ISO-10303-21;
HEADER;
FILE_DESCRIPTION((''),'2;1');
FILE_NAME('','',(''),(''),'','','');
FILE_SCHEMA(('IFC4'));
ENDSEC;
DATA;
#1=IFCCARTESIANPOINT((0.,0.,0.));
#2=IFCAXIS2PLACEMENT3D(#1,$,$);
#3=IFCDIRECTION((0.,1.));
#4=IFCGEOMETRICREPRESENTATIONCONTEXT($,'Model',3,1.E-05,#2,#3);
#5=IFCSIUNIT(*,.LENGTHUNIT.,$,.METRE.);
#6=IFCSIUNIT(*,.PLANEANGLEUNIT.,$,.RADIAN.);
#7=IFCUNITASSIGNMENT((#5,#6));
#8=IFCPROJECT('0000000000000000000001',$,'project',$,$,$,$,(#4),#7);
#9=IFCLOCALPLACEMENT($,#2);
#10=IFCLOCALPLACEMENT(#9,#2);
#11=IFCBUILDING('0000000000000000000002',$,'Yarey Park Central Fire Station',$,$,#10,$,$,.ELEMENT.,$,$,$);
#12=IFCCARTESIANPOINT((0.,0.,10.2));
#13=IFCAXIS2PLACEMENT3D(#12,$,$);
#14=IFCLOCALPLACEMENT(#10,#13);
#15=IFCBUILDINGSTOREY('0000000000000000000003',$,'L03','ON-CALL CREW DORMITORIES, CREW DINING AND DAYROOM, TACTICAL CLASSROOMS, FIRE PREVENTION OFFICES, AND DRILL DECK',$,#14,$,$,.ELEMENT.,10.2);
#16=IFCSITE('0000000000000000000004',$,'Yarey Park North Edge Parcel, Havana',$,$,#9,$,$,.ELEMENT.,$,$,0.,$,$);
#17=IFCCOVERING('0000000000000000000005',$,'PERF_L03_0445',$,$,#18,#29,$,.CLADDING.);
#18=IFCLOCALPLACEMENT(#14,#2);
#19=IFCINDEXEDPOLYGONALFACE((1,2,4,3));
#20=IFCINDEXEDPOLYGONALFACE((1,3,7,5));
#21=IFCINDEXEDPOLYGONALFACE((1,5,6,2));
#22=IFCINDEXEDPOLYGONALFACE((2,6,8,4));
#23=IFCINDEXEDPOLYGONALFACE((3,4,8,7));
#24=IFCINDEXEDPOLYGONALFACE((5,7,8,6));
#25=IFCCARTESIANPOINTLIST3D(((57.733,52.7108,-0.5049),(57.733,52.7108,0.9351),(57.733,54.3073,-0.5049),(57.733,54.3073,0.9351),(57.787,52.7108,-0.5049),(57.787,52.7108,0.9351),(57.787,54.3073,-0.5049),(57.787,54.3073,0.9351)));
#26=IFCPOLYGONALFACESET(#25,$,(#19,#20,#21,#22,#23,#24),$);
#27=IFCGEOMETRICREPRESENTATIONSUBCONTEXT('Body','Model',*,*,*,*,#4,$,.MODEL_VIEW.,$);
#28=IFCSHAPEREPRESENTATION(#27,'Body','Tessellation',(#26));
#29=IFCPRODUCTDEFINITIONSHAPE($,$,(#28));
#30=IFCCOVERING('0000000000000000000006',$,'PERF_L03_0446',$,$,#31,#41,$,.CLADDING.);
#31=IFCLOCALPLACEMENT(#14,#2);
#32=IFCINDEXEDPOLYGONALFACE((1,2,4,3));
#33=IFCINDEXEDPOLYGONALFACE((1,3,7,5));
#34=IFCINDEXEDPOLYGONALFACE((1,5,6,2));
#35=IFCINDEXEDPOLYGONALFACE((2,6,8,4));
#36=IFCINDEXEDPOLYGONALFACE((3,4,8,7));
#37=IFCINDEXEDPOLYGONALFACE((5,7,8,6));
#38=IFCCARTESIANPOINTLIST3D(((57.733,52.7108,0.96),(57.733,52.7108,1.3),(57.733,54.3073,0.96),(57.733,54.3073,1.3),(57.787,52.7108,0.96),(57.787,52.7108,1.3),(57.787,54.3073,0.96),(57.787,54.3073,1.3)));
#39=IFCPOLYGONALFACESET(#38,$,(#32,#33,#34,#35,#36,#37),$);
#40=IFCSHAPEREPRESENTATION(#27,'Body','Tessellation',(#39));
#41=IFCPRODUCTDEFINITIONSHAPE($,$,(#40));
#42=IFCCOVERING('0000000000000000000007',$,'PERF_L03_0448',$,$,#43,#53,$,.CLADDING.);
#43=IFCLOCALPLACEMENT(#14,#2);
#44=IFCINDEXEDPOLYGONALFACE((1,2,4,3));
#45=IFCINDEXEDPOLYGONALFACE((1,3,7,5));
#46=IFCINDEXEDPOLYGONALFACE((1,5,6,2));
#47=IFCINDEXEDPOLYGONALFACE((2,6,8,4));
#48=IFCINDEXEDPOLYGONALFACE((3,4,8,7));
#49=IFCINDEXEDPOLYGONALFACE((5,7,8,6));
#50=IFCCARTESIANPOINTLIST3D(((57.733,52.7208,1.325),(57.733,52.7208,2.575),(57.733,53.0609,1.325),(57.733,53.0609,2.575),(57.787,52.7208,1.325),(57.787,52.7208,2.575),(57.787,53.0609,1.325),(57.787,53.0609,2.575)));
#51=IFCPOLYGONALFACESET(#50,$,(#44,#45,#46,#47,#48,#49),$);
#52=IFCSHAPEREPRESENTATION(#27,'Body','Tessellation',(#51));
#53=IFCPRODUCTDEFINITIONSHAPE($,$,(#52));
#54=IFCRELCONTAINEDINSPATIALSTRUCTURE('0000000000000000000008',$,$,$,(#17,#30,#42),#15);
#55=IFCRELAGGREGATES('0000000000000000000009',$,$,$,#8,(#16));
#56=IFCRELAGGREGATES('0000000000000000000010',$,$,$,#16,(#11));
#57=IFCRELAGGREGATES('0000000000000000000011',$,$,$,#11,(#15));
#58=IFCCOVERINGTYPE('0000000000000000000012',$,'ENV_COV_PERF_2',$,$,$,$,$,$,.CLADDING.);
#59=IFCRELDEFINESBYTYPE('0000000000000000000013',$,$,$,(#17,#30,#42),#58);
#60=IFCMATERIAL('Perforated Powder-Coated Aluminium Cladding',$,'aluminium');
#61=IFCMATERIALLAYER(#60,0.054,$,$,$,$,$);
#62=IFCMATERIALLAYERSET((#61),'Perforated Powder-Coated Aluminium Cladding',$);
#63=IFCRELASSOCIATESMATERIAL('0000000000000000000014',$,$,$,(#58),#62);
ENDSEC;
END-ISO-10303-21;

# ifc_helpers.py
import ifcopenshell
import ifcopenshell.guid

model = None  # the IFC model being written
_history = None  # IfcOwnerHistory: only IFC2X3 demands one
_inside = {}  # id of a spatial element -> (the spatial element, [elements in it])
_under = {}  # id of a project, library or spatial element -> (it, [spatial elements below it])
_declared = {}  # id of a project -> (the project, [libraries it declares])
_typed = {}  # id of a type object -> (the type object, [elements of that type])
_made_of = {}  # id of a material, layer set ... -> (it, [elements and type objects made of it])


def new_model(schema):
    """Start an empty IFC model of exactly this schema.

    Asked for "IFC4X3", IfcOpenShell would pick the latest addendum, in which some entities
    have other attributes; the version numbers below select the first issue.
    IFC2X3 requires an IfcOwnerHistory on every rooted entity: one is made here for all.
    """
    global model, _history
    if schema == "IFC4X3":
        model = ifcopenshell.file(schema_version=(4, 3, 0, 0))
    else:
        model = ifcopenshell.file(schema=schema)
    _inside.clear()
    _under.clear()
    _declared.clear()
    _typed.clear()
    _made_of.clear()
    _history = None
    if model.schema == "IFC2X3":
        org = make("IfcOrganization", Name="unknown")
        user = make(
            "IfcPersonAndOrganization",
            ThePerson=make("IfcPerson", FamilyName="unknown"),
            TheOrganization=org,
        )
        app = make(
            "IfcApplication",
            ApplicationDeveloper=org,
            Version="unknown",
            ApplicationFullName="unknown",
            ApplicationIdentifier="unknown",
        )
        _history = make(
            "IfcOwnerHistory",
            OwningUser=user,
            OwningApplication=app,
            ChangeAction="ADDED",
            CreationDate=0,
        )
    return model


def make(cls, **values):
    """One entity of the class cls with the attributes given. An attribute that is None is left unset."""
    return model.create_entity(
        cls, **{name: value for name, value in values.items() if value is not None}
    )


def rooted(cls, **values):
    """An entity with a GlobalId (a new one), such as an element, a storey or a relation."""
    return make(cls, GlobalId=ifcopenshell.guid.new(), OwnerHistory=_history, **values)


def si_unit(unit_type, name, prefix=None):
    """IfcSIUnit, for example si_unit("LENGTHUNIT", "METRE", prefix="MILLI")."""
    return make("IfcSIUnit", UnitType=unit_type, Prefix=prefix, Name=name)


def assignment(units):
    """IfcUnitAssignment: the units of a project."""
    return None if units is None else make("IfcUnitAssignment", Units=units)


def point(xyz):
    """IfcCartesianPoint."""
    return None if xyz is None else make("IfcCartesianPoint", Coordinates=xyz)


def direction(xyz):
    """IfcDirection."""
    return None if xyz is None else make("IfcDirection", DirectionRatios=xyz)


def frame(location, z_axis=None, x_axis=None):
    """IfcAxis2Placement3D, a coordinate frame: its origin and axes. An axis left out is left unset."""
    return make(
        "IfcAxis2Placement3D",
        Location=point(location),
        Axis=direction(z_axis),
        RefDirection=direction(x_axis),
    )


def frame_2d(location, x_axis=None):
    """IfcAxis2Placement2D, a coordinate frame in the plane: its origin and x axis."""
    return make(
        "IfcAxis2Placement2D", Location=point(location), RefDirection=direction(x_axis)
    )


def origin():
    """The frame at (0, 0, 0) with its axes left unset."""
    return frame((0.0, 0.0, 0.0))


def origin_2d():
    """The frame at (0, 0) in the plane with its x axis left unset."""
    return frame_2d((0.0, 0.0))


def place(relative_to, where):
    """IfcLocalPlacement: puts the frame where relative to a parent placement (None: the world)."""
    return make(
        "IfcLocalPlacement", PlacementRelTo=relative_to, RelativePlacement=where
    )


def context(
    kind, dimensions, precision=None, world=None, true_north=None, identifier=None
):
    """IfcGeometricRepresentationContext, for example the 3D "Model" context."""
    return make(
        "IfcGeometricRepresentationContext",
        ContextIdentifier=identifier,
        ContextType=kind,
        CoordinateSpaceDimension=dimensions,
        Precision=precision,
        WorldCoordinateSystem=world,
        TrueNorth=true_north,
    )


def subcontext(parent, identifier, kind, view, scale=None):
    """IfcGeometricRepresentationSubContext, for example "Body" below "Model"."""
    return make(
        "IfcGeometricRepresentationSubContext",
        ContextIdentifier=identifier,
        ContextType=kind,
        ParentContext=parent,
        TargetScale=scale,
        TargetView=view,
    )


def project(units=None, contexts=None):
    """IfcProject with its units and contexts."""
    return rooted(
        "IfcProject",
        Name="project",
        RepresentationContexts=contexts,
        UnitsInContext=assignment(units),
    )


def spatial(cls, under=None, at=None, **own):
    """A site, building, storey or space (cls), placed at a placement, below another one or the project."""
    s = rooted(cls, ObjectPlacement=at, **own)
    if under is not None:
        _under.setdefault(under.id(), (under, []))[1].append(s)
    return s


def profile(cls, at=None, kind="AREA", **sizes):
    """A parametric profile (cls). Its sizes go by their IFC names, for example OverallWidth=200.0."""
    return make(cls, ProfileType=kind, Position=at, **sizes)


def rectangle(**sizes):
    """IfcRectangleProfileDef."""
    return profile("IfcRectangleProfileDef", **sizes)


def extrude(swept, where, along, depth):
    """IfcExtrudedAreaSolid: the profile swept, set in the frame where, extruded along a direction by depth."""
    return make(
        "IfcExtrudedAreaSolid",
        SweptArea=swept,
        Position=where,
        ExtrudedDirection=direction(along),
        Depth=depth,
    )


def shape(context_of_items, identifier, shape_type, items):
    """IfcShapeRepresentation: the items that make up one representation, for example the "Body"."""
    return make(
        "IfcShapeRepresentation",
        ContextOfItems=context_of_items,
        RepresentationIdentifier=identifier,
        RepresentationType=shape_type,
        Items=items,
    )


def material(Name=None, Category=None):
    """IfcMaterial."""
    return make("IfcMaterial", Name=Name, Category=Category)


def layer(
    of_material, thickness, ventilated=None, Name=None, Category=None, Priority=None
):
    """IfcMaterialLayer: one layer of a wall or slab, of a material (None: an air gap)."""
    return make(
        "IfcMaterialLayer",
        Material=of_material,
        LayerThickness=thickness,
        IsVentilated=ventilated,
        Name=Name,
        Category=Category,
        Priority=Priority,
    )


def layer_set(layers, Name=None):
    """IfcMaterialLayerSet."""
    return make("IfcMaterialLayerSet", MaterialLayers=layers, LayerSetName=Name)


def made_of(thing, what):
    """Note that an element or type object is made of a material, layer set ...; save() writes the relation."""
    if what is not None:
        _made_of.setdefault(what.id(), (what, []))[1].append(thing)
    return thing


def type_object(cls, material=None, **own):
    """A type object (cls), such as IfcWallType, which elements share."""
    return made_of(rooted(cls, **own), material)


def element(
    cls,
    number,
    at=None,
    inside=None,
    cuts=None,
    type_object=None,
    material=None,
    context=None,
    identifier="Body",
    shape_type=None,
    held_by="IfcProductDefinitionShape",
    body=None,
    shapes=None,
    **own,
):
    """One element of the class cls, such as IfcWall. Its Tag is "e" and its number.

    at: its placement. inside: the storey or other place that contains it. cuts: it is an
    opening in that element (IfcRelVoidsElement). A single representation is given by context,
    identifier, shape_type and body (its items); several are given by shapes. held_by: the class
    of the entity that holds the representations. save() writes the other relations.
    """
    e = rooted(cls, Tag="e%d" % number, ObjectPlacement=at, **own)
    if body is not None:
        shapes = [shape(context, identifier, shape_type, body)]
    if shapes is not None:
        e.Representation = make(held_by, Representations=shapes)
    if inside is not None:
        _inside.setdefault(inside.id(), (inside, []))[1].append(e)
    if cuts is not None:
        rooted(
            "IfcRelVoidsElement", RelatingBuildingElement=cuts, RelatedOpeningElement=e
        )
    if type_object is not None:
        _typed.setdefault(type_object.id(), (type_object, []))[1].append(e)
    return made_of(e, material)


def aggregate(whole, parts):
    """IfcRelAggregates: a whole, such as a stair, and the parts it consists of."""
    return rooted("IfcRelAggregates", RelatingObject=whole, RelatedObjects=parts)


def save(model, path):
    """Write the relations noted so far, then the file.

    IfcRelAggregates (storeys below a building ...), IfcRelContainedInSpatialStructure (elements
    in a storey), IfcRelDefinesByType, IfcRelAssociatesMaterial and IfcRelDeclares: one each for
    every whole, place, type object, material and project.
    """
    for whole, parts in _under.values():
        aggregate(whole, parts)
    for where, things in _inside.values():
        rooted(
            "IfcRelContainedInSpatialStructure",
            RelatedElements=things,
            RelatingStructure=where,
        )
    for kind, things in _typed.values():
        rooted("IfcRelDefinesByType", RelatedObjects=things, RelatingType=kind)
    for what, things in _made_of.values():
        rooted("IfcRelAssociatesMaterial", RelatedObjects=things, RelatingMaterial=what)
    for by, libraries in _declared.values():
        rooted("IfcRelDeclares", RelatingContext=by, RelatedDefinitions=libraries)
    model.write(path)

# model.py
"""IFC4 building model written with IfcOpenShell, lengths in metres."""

from ifc_helpers import new_model, si_unit, direction, frame, origin, origin_2d, place, context, subcontext, project, spatial, rectangle, extrude, material, layer, layer_set, type_object, element, save


model = new_model("IFC4")

# Units and contexts
model_context = context("Model", 3, precision=1e-05, world=origin(), true_north=direction((0.0, 1.0)))
body_context = subcontext(model_context, "Body", "Model", "MODEL_VIEW")
ifc_project = project(units=[si_unit("LENGTHUNIT", "METRE"), si_unit("PLANEANGLEUNIT", "RADIAN")], contexts=[model_context])

# Site, building, storey
site_placement = place(None, origin())
site = spatial("IfcSite", under=ifc_project, at=site_placement, Name="Yarey Park North Edge Parcel, Havana", CompositionType="ELEMENT", RefElevation=0.0)
building_placement = place(site_placement, origin())
building = spatial("IfcBuilding", under=site, at=building_placement, Name="Yarey Park Central Fire Station", CompositionType="ELEMENT")
storey_placement = place(building_placement, frame((0.0, 0.0, 10.2)))
storey = spatial("IfcBuildingStorey", under=building, at=storey_placement, Name="L03", Description="ON-CALL CREW DORMITORIES, CREW DINING AND DAYROOM, TACTICAL CLASSROOMS, FIRE PREVENTION OFFICES, AND DRILL DECK", CompositionType="ELEMENT", Elevation=10.2)

# Coverings
ifc_material_1 = material(Name="Perforated Powder-Coated Aluminium Cladding", Category="aluminium")
ifc_layer_1 = layer(ifc_material_1, 0.054)
ifc_layer_set_1 = layer_set([ifc_layer_1], Name="Perforated Powder-Coated Aluminium Cladding")
covering_type_1 = type_object("IfcCoveringType", Name="ENV_COV_PERF_2", PredefinedType="CLADDING", material=ifc_layer_set_1)
covering_1_placement = place(storey_placement, frame((57.76, 53.509, -0.5049), z_axis=(0.0, 0.0, 1.0), x_axis=(0.0, 1.0, 0.0)))
element("IfcCovering", 1, at=covering_1_placement, inside=storey, type_object=covering_type_1, Name="PERF_L03_0445", PredefinedType="CLADDING", context=body_context, shape_type="SweptSolid", body=[
    extrude(rectangle(XDim=1.5964, YDim=0.054, at=origin_2d()), origin(), (0.0, 0.0, 1.0), 1.4399),
])
covering_2_placement = place(storey_placement, frame((57.76, 53.509, 0.96), z_axis=(0.0, 0.0, 1.0), x_axis=(0.0, 1.0, 0.0)))
element("IfcCovering", 2, at=covering_2_placement, inside=storey, type_object=covering_type_1, Name="PERF_L03_0446", PredefinedType="CLADDING", context=body_context, shape_type="SweptSolid", body=[
    extrude(rectangle(XDim=1.5964, YDim=0.054, at=origin_2d()), origin(), (0.0, 0.0, 1.0), 0.3401),
])
covering_3_placement = place(storey_placement, frame((57.76, 52.8909, 1.325), z_axis=(0.0, 0.0, 1.0), x_axis=(0.0, 1.0, 0.0)))
element("IfcCovering", 3, at=covering_3_placement, inside=storey, type_object=covering_type_1, Name="PERF_L03_0448", PredefinedType="CLADDING", context=body_context, shape_type="SweptSolid", body=[
    extrude(rectangle(XDim=0.3401, YDim=0.054, at=origin_2d()), origin(), (0.0, 0.0, 1.0), 1.25),
])

save(model, "model.ifc")
